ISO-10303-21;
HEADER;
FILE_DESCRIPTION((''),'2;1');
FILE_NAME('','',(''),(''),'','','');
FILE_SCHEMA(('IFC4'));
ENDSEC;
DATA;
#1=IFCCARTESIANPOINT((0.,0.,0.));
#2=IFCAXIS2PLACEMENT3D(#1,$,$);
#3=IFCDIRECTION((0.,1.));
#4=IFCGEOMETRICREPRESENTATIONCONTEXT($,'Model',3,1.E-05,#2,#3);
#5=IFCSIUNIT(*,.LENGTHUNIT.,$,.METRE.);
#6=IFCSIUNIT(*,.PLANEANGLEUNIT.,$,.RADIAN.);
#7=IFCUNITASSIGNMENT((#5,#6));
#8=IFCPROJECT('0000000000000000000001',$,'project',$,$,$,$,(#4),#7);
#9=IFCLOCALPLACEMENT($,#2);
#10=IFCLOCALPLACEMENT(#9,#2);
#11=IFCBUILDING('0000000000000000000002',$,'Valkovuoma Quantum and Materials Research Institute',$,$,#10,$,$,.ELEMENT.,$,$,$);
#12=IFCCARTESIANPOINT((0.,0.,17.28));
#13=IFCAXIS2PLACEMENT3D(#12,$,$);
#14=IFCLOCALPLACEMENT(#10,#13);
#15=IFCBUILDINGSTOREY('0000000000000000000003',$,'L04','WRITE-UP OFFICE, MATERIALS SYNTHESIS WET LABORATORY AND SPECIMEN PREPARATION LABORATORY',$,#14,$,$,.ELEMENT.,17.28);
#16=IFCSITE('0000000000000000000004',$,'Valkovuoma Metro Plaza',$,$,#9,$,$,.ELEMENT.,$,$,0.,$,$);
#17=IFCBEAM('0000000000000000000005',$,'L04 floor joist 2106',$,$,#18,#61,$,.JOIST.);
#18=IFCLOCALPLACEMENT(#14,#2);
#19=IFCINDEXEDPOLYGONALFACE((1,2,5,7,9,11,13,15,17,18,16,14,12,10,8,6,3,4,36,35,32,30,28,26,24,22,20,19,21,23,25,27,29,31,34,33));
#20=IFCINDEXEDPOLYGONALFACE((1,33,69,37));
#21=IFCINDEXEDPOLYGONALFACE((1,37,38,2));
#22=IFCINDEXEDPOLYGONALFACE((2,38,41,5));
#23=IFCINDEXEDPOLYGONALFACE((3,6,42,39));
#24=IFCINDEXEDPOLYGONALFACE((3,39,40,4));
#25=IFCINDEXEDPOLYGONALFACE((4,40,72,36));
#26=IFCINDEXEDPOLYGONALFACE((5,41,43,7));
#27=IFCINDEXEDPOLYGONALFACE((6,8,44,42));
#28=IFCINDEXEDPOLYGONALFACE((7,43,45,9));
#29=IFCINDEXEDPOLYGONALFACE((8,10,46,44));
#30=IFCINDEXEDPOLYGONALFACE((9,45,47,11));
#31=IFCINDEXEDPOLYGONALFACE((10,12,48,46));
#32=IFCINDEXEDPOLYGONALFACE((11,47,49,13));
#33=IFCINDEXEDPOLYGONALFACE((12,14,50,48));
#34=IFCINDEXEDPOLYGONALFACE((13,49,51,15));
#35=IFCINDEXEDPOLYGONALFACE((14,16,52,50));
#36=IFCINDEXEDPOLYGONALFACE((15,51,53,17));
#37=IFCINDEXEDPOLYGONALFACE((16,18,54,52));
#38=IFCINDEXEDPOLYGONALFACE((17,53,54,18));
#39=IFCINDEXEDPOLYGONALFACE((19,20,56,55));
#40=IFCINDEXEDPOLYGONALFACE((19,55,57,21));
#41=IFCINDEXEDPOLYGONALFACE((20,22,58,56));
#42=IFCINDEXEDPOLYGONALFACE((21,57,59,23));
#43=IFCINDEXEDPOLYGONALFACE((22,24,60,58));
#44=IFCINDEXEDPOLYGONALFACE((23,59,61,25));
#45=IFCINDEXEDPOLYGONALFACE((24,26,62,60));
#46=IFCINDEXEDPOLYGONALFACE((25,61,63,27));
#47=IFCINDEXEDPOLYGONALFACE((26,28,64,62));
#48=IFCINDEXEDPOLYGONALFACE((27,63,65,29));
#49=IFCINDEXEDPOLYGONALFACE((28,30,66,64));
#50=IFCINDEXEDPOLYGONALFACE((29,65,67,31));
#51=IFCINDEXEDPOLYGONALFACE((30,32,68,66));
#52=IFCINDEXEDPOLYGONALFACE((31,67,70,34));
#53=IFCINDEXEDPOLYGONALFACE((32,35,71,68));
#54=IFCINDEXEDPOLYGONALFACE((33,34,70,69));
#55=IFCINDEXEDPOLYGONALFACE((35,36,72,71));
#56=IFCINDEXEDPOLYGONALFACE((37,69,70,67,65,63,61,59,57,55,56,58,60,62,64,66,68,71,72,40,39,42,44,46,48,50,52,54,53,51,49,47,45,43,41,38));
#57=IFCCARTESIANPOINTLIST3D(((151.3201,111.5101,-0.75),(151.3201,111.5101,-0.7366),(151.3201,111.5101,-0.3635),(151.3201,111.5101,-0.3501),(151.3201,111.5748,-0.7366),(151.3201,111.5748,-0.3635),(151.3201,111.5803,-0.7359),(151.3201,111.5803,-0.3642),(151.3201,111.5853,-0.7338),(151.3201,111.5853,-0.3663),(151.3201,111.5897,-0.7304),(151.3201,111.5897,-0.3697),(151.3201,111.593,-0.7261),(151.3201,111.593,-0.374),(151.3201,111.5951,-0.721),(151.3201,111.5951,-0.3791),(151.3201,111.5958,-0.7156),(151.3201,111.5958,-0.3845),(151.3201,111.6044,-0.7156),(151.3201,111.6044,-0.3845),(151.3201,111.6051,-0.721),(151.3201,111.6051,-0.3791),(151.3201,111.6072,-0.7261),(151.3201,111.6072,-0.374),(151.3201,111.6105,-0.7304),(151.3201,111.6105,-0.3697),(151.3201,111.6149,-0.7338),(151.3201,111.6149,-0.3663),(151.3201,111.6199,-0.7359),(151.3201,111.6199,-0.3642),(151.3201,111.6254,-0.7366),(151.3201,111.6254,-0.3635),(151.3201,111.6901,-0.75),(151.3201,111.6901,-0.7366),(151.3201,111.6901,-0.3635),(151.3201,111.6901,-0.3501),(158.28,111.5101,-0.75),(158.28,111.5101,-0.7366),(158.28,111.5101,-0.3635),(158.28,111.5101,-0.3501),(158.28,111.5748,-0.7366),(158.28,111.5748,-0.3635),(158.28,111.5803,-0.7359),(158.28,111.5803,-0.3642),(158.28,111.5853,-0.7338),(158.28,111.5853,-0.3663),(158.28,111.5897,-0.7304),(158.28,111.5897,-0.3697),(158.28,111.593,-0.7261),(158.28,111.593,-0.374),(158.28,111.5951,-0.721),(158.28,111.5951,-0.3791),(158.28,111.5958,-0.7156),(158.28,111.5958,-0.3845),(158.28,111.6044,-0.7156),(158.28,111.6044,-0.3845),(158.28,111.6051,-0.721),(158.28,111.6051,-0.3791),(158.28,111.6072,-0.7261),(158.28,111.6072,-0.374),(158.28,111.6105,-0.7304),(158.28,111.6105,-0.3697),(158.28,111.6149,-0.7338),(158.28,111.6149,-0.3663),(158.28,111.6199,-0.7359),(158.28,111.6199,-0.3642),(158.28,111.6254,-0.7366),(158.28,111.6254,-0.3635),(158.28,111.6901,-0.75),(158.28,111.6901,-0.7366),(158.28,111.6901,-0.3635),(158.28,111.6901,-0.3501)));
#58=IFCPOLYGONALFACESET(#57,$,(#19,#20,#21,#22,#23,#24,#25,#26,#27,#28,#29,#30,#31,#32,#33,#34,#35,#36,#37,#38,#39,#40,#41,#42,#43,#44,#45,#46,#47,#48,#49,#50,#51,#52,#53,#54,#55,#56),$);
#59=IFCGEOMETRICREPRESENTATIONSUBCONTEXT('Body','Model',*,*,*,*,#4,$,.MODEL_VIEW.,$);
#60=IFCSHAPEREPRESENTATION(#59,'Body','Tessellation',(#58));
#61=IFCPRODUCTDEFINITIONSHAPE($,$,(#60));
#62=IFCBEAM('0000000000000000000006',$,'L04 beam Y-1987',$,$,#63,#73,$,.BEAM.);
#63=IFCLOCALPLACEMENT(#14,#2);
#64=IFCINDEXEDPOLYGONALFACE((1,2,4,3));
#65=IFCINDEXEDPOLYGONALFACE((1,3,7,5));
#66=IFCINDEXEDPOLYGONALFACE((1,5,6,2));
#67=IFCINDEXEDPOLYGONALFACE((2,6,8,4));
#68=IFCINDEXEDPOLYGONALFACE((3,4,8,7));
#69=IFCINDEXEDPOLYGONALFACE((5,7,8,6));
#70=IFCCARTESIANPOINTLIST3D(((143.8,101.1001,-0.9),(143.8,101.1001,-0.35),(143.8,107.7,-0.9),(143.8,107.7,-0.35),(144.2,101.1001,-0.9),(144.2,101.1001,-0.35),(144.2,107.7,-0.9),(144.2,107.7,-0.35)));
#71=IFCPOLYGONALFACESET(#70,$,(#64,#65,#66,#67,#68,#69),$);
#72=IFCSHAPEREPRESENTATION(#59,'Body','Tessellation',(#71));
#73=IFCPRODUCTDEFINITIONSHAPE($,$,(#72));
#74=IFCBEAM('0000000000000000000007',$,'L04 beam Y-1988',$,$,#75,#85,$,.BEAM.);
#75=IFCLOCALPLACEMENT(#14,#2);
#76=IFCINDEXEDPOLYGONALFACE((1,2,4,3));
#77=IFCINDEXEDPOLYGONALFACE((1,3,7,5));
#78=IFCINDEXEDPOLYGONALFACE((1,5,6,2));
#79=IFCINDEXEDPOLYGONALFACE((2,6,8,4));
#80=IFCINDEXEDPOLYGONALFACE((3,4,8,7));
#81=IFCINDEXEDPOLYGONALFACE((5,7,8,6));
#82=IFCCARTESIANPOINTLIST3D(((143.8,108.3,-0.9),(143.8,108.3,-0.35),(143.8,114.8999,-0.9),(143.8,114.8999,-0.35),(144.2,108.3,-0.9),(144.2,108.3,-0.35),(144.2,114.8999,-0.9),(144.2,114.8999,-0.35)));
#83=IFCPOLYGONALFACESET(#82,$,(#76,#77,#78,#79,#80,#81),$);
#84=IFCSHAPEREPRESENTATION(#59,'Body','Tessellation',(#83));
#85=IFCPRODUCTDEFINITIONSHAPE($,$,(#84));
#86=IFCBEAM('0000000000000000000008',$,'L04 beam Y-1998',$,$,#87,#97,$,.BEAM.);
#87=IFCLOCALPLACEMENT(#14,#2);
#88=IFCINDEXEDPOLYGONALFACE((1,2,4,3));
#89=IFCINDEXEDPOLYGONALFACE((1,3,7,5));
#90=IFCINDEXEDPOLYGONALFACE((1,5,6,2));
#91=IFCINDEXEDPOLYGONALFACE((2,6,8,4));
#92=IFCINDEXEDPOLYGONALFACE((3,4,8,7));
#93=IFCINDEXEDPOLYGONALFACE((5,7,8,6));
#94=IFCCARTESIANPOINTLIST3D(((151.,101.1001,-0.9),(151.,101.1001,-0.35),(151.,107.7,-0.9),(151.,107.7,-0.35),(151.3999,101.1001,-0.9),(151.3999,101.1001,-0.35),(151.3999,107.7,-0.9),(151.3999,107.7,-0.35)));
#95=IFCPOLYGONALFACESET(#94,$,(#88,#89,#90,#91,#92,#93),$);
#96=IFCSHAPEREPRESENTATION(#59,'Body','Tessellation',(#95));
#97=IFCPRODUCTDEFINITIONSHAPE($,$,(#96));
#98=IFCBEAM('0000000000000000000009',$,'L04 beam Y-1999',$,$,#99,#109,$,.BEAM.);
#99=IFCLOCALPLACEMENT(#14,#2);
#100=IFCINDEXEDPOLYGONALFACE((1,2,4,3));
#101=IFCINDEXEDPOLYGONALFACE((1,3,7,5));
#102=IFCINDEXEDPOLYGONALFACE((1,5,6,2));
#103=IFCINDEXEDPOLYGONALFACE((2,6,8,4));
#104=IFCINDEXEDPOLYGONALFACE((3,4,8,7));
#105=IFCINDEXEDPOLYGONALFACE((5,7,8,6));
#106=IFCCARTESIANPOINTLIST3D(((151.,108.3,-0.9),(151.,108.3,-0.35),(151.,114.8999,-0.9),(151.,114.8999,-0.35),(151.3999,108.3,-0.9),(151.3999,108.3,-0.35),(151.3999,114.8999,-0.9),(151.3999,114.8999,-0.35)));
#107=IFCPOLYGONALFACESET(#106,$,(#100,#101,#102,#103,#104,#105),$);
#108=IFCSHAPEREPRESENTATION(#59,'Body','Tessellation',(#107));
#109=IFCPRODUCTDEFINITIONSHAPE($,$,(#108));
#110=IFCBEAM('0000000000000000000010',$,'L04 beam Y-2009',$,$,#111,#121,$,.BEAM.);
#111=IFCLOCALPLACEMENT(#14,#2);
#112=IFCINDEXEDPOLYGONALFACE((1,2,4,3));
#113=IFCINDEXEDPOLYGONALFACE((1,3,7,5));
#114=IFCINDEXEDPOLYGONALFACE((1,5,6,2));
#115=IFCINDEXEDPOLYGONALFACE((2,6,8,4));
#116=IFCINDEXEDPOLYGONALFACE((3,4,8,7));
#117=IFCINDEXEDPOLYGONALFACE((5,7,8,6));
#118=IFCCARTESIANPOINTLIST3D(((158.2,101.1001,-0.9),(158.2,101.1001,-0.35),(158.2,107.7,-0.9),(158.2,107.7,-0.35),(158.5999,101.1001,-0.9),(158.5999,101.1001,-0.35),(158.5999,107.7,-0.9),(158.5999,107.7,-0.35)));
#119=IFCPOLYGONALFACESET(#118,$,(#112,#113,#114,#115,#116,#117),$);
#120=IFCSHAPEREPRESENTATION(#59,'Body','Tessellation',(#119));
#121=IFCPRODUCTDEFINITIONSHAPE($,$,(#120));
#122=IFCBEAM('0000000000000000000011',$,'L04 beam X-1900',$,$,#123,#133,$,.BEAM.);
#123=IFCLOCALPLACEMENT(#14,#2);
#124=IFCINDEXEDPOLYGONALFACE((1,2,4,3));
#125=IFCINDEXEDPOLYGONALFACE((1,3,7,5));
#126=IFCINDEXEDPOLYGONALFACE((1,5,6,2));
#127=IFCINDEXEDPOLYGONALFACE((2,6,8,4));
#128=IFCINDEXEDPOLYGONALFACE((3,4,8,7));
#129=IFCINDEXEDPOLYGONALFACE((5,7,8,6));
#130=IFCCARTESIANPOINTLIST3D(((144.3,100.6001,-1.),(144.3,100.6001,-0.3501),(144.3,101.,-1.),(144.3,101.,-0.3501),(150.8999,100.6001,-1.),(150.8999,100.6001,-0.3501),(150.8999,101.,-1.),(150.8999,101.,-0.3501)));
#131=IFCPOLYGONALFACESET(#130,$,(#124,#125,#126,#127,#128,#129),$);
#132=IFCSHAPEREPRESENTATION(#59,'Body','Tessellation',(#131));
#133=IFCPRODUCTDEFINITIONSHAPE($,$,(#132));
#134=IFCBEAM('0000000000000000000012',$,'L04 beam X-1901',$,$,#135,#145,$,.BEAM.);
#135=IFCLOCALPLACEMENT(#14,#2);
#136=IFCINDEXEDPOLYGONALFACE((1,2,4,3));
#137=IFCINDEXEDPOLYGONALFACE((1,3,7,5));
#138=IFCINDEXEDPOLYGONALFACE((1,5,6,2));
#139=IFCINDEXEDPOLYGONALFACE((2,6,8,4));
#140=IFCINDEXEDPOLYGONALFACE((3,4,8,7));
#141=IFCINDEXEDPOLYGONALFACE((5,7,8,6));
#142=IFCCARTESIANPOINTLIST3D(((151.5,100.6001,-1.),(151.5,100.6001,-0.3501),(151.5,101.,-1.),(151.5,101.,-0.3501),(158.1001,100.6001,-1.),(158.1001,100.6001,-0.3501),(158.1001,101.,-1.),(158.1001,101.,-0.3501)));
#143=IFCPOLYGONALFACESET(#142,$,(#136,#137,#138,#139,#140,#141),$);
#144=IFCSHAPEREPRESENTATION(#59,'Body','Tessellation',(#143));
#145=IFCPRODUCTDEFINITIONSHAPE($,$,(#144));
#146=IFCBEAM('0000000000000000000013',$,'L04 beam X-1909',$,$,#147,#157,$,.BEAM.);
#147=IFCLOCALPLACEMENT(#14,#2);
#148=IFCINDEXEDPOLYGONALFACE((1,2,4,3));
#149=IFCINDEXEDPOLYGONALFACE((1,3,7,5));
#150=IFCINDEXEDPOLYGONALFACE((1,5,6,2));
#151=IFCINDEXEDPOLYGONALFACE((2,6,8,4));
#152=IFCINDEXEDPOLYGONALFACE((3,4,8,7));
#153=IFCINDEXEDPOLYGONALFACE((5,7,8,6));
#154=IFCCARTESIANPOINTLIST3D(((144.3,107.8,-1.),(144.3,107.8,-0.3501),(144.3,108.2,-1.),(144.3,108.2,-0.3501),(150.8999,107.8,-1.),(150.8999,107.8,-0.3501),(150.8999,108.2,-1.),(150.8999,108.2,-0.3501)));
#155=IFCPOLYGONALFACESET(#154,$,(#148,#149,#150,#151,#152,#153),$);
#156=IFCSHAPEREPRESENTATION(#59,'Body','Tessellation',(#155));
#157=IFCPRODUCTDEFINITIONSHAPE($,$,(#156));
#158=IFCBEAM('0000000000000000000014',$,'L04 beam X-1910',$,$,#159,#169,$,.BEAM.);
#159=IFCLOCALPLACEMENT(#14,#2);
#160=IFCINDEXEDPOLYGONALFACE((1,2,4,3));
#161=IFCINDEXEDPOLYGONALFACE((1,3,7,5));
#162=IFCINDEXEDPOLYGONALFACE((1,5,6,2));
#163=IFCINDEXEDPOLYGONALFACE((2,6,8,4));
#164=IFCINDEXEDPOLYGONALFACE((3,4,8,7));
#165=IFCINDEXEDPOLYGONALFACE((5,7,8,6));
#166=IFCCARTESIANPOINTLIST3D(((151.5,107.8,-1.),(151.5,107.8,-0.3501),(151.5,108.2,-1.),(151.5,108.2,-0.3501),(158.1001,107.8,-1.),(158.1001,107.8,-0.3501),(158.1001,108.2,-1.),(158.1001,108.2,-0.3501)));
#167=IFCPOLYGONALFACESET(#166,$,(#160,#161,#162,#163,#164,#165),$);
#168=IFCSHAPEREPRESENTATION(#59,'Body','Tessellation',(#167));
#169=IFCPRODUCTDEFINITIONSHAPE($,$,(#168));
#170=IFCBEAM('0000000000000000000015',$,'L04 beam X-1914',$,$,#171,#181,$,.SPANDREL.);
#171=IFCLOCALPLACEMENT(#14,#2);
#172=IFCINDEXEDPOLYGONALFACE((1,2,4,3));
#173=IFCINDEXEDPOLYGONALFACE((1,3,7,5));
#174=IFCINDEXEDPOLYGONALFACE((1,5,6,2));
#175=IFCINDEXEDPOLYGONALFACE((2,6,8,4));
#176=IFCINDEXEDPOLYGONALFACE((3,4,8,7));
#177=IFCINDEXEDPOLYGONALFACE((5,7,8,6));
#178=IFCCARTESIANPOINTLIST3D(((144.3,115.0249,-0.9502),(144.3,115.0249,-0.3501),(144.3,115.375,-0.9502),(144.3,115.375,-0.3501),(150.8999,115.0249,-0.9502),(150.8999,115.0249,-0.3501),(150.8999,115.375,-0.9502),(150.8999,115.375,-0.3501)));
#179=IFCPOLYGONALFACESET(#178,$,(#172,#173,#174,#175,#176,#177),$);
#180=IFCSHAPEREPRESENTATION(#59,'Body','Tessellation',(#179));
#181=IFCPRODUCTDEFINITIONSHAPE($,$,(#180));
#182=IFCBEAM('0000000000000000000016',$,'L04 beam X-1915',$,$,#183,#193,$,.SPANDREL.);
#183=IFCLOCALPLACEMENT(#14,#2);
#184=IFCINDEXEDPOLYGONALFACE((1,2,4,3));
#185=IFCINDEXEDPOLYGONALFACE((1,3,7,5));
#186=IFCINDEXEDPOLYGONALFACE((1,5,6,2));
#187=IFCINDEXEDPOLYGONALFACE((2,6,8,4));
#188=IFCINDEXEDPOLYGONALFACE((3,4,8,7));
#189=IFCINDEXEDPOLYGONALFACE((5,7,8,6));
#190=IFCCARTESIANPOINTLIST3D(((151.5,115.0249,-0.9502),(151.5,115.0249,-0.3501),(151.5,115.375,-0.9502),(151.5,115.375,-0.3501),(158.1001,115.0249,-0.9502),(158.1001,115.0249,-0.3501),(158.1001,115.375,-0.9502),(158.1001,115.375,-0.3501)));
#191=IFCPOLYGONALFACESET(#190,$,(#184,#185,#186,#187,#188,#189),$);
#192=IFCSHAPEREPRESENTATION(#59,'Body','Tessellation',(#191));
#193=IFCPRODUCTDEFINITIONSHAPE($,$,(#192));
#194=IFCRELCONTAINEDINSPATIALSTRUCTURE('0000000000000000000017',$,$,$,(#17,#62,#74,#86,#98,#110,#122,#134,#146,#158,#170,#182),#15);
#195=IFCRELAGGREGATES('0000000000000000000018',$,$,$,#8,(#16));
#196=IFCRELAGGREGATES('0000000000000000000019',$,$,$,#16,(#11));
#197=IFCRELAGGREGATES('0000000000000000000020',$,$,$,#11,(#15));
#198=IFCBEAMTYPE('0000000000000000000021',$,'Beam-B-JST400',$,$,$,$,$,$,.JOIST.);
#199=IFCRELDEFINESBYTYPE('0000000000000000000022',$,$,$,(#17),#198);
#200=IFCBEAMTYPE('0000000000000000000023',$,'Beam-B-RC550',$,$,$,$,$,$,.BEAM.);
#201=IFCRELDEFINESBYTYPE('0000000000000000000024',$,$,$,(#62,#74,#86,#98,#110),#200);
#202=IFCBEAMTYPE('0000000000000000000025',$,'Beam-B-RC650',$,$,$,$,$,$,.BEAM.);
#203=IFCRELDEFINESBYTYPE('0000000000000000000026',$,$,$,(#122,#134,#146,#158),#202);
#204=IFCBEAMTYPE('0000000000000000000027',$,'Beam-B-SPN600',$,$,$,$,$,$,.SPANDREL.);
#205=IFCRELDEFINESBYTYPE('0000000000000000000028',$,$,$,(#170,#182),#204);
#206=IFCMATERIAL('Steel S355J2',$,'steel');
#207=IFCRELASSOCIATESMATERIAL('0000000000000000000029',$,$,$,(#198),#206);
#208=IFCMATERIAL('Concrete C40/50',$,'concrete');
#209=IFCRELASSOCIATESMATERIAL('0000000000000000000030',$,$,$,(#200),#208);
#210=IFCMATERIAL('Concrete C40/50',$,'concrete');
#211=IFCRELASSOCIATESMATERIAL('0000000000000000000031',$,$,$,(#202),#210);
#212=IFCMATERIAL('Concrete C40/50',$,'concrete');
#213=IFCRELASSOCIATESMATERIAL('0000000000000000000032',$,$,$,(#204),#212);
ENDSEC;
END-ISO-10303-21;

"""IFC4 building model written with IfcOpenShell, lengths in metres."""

from ifc_helpers import new_model, si_unit, direction, frame, origin, origin_2d, place, context, subcontext, project, spatial, rectangle, i_section, extrude, material, material_profile, profile_set, type_object, element, save


model = new_model("IFC4")

# Units and contexts
model_context = context("Model", 3, precision=1e-05, world=origin(), true_north=direction((0.0, 1.0)))
body_context = subcontext(model_context, "Body", "Model", "MODEL_VIEW")
ifc_project = project(units=[si_unit("LENGTHUNIT", "METRE"), si_unit("PLANEANGLEUNIT", "RADIAN")], contexts=[model_context])

# Site, building, storey
site_placement = place(None, origin())
site = spatial("IfcSite", under=ifc_project, at=site_placement, Name="Valkovuoma Metro Plaza", CompositionType="ELEMENT", RefElevation=0.0)
building_placement = place(site_placement, origin())
building = spatial("IfcBuilding", under=site, at=building_placement, Name="Valkovuoma Quantum and Materials Research Institute", CompositionType="ELEMENT")
storey_placement = place(building_placement, frame((0.0, 0.0, 17.28)))
storey = spatial("IfcBuildingStorey", under=building, at=storey_placement, Name="L04", Description="WRITE-UP OFFICE, MATERIALS SYNTHESIS WET LABORATORY AND SPECIMEN PREPARATION LABORATORY", CompositionType="ELEMENT", Elevation=17.28)

# Beams
ifc_material_1 = material(Name="Steel S355J2", Category="steel")
ifc_material_profile_1 = material_profile(ifc_material_1, i_section(OverallWidth=0.1799, OverallDepth=0.3999, WebThickness=0.0085, FlangeThickness=0.0134, FilletRadius=0.021, at=origin_2d()), Name="Steel S355J2")
ifc_profile_set_1 = profile_set([ifc_material_profile_1], Name="Steel S355J2")
beam_type_1 = type_object("IfcBeamType", Name="Beam-B-JST400", PredefinedType="JOIST", material=ifc_profile_set_1)
for number, where, z_axis, x_axis, name in (
    (1, (151.3201, 111.6001, -0.55), (1.0, 0.0, 0.0), (0.0, 1.0, 0.0), "L04 floor joist 2106"),
):
    element("IfcBeam", number, at=place(storey_placement, frame(where, z_axis=z_axis, x_axis=x_axis)), inside=storey, type_object=beam_type_1, Name=name, PredefinedType="JOIST", context=body_context, shape_type="SweptSolid", body=[
        extrude(i_section(OverallWidth=0.1799, OverallDepth=0.3999, WebThickness=0.0085, FlangeThickness=0.0134, FilletRadius=0.021, at=origin_2d()), origin(), (0.0, 0.0, 1.0), 6.96),
    ])
ifc_material_2 = material(Name="Concrete C40/50", Category="concrete")
ifc_material_profile_2 = material_profile(ifc_material_2, rectangle(XDim=0.3999, YDim=0.55, at=origin_2d()), Name="Concrete C40/50")
ifc_profile_set_2 = profile_set([ifc_material_profile_2], Name="Concrete C40/50")
beam_type_2 = type_object("IfcBeamType", Name="Beam-B-RC550", PredefinedType="BEAM", material=ifc_profile_set_2)
for number, where, z_axis, x_axis, name in (
    (2, (144.0, 101.1001, -0.625), (0.0, 1.0, 0.0), (-1.0, 0.0, 0.0), "L04 beam Y-1987"),
    (3, (144.0, 108.3, -0.625), (0.0, 1.0, 0.0), (-1.0, 0.0, 0.0), "L04 beam Y-1988"),
    (4, (151.2, 101.1001, -0.625), (0.0, 1.0, 0.0), (-1.0, 0.0, 0.0), "L04 beam Y-1998"),
    (5, (151.2, 108.3, -0.625), (0.0, 1.0, 0.0), (-1.0, 0.0, 0.0), "L04 beam Y-1999"),
    (6, (158.3999, 101.1001, -0.625), (0.0, 1.0, 0.0), (-1.0, 0.0, 0.0), "L04 beam Y-2009"),
):
    element("IfcBeam", number, at=place(storey_placement, frame(where, z_axis=z_axis, x_axis=x_axis)), inside=storey, type_object=beam_type_2, Name=name, PredefinedType="BEAM", context=body_context, shape_type="SweptSolid", body=[
        extrude(rectangle(XDim=0.3999, YDim=0.55, at=origin_2d()), origin(), (0.0, 0.0, 1.0), 6.5999),
    ])
ifc_material_3 = material(Name="Concrete C40/50", Category="concrete")
ifc_material_profile_3 = material_profile(ifc_material_3, rectangle(XDim=0.3999, YDim=0.6499, at=origin_2d()), Name="Concrete C40/50")
ifc_profile_set_3 = profile_set([ifc_material_profile_3], Name="Concrete C40/50")
beam_type_3 = type_object("IfcBeamType", Name="Beam-B-RC650", PredefinedType="BEAM", material=ifc_profile_set_3)
beam_1_placement = place(storey_placement, frame((144.3, 100.8, -0.675), z_axis=(1.0, 0.0, 0.0), x_axis=(0.0, 1.0, 0.0)))
element("IfcBeam", 7, at=beam_1_placement, inside=storey, type_object=beam_type_3, Name="L04 beam X-1900", PredefinedType="BEAM", context=body_context, shape_type="SweptSolid", body=[
    extrude(rectangle(XDim=0.3999, YDim=0.6499, at=origin_2d()), origin(), (0.0, 0.0, 1.0), 6.5999),
])
beam_2_placement = place(storey_placement, frame((151.5, 100.8, -0.675), z_axis=(1.0, 0.0, 0.0), x_axis=(0.0, 1.0, 0.0)))
element("IfcBeam", 8, at=beam_2_placement, inside=storey, type_object=beam_type_3, Name="L04 beam X-1901", PredefinedType="BEAM", context=body_context, shape_type="SweptSolid", body=[
    extrude(rectangle(XDim=0.3999, YDim=0.6499, at=origin_2d()), origin(), (0.0, 0.0, 1.0), 6.6001),
])
beam_3_placement = place(storey_placement, frame((144.3, 108.0, -0.675), z_axis=(1.0, 0.0, 0.0), x_axis=(0.0, 1.0, 0.0)))
element("IfcBeam", 9, at=beam_3_placement, inside=storey, type_object=beam_type_3, Name="L04 beam X-1909", PredefinedType="BEAM", context=body_context, shape_type="SweptSolid", body=[
    extrude(rectangle(XDim=0.3999, YDim=0.6499, at=origin_2d()), origin(), (0.0, 0.0, 1.0), 6.5999),
])
beam_4_placement = place(storey_placement, frame((151.5, 108.0, -0.675), z_axis=(1.0, 0.0, 0.0), x_axis=(0.0, 1.0, 0.0)))
element("IfcBeam", 10, at=beam_4_placement, inside=storey, type_object=beam_type_3, Name="L04 beam X-1910", PredefinedType="BEAM", context=body_context, shape_type="SweptSolid", body=[
    extrude(rectangle(XDim=0.3999, YDim=0.6499, at=origin_2d()), origin(), (0.0, 0.0, 1.0), 6.6001),
])
ifc_material_4 = material(Name="Concrete C40/50", Category="concrete")
ifc_material_profile_4 = material_profile(ifc_material_4, rectangle(XDim=0.3501, YDim=0.6001, at=origin_2d()), Name="Concrete C40/50")
ifc_profile_set_4 = profile_set([ifc_material_profile_4], Name="Concrete C40/50")
beam_type_4 = type_object("IfcBeamType", Name="Beam-B-SPN600", PredefinedType="SPANDREL", material=ifc_profile_set_4)
beam_5_placement = place(storey_placement, frame((144.3, 115.2, -0.6501), z_axis=(1.0, 0.0, 0.0), x_axis=(0.0, 1.0, 0.0)))
element("IfcBeam", 11, at=beam_5_placement, inside=storey, type_object=beam_type_4, Name="L04 beam X-1914", PredefinedType="SPANDREL", context=body_context, shape_type="SweptSolid", body=[
    extrude(rectangle(XDim=0.3501, YDim=0.6001, at=origin_2d()), origin(), (0.0, 0.0, 1.0), 6.5999),
])
beam_6_placement = place(storey_placement, frame((151.5, 115.2, -0.6501), z_axis=(1.0, 0.0, 0.0), x_axis=(0.0, 1.0, 0.0)))
element("IfcBeam", 12, at=beam_6_placement, inside=storey, type_object=beam_type_4, Name="L04 beam X-1915", PredefinedType="SPANDREL", context=body_context, shape_type="SweptSolid", body=[
    extrude(rectangle(XDim=0.3501, YDim=0.6001, at=origin_2d()), origin(), (0.0, 0.0, 1.0), 6.6001),
])

save(model, "model.ifc")
